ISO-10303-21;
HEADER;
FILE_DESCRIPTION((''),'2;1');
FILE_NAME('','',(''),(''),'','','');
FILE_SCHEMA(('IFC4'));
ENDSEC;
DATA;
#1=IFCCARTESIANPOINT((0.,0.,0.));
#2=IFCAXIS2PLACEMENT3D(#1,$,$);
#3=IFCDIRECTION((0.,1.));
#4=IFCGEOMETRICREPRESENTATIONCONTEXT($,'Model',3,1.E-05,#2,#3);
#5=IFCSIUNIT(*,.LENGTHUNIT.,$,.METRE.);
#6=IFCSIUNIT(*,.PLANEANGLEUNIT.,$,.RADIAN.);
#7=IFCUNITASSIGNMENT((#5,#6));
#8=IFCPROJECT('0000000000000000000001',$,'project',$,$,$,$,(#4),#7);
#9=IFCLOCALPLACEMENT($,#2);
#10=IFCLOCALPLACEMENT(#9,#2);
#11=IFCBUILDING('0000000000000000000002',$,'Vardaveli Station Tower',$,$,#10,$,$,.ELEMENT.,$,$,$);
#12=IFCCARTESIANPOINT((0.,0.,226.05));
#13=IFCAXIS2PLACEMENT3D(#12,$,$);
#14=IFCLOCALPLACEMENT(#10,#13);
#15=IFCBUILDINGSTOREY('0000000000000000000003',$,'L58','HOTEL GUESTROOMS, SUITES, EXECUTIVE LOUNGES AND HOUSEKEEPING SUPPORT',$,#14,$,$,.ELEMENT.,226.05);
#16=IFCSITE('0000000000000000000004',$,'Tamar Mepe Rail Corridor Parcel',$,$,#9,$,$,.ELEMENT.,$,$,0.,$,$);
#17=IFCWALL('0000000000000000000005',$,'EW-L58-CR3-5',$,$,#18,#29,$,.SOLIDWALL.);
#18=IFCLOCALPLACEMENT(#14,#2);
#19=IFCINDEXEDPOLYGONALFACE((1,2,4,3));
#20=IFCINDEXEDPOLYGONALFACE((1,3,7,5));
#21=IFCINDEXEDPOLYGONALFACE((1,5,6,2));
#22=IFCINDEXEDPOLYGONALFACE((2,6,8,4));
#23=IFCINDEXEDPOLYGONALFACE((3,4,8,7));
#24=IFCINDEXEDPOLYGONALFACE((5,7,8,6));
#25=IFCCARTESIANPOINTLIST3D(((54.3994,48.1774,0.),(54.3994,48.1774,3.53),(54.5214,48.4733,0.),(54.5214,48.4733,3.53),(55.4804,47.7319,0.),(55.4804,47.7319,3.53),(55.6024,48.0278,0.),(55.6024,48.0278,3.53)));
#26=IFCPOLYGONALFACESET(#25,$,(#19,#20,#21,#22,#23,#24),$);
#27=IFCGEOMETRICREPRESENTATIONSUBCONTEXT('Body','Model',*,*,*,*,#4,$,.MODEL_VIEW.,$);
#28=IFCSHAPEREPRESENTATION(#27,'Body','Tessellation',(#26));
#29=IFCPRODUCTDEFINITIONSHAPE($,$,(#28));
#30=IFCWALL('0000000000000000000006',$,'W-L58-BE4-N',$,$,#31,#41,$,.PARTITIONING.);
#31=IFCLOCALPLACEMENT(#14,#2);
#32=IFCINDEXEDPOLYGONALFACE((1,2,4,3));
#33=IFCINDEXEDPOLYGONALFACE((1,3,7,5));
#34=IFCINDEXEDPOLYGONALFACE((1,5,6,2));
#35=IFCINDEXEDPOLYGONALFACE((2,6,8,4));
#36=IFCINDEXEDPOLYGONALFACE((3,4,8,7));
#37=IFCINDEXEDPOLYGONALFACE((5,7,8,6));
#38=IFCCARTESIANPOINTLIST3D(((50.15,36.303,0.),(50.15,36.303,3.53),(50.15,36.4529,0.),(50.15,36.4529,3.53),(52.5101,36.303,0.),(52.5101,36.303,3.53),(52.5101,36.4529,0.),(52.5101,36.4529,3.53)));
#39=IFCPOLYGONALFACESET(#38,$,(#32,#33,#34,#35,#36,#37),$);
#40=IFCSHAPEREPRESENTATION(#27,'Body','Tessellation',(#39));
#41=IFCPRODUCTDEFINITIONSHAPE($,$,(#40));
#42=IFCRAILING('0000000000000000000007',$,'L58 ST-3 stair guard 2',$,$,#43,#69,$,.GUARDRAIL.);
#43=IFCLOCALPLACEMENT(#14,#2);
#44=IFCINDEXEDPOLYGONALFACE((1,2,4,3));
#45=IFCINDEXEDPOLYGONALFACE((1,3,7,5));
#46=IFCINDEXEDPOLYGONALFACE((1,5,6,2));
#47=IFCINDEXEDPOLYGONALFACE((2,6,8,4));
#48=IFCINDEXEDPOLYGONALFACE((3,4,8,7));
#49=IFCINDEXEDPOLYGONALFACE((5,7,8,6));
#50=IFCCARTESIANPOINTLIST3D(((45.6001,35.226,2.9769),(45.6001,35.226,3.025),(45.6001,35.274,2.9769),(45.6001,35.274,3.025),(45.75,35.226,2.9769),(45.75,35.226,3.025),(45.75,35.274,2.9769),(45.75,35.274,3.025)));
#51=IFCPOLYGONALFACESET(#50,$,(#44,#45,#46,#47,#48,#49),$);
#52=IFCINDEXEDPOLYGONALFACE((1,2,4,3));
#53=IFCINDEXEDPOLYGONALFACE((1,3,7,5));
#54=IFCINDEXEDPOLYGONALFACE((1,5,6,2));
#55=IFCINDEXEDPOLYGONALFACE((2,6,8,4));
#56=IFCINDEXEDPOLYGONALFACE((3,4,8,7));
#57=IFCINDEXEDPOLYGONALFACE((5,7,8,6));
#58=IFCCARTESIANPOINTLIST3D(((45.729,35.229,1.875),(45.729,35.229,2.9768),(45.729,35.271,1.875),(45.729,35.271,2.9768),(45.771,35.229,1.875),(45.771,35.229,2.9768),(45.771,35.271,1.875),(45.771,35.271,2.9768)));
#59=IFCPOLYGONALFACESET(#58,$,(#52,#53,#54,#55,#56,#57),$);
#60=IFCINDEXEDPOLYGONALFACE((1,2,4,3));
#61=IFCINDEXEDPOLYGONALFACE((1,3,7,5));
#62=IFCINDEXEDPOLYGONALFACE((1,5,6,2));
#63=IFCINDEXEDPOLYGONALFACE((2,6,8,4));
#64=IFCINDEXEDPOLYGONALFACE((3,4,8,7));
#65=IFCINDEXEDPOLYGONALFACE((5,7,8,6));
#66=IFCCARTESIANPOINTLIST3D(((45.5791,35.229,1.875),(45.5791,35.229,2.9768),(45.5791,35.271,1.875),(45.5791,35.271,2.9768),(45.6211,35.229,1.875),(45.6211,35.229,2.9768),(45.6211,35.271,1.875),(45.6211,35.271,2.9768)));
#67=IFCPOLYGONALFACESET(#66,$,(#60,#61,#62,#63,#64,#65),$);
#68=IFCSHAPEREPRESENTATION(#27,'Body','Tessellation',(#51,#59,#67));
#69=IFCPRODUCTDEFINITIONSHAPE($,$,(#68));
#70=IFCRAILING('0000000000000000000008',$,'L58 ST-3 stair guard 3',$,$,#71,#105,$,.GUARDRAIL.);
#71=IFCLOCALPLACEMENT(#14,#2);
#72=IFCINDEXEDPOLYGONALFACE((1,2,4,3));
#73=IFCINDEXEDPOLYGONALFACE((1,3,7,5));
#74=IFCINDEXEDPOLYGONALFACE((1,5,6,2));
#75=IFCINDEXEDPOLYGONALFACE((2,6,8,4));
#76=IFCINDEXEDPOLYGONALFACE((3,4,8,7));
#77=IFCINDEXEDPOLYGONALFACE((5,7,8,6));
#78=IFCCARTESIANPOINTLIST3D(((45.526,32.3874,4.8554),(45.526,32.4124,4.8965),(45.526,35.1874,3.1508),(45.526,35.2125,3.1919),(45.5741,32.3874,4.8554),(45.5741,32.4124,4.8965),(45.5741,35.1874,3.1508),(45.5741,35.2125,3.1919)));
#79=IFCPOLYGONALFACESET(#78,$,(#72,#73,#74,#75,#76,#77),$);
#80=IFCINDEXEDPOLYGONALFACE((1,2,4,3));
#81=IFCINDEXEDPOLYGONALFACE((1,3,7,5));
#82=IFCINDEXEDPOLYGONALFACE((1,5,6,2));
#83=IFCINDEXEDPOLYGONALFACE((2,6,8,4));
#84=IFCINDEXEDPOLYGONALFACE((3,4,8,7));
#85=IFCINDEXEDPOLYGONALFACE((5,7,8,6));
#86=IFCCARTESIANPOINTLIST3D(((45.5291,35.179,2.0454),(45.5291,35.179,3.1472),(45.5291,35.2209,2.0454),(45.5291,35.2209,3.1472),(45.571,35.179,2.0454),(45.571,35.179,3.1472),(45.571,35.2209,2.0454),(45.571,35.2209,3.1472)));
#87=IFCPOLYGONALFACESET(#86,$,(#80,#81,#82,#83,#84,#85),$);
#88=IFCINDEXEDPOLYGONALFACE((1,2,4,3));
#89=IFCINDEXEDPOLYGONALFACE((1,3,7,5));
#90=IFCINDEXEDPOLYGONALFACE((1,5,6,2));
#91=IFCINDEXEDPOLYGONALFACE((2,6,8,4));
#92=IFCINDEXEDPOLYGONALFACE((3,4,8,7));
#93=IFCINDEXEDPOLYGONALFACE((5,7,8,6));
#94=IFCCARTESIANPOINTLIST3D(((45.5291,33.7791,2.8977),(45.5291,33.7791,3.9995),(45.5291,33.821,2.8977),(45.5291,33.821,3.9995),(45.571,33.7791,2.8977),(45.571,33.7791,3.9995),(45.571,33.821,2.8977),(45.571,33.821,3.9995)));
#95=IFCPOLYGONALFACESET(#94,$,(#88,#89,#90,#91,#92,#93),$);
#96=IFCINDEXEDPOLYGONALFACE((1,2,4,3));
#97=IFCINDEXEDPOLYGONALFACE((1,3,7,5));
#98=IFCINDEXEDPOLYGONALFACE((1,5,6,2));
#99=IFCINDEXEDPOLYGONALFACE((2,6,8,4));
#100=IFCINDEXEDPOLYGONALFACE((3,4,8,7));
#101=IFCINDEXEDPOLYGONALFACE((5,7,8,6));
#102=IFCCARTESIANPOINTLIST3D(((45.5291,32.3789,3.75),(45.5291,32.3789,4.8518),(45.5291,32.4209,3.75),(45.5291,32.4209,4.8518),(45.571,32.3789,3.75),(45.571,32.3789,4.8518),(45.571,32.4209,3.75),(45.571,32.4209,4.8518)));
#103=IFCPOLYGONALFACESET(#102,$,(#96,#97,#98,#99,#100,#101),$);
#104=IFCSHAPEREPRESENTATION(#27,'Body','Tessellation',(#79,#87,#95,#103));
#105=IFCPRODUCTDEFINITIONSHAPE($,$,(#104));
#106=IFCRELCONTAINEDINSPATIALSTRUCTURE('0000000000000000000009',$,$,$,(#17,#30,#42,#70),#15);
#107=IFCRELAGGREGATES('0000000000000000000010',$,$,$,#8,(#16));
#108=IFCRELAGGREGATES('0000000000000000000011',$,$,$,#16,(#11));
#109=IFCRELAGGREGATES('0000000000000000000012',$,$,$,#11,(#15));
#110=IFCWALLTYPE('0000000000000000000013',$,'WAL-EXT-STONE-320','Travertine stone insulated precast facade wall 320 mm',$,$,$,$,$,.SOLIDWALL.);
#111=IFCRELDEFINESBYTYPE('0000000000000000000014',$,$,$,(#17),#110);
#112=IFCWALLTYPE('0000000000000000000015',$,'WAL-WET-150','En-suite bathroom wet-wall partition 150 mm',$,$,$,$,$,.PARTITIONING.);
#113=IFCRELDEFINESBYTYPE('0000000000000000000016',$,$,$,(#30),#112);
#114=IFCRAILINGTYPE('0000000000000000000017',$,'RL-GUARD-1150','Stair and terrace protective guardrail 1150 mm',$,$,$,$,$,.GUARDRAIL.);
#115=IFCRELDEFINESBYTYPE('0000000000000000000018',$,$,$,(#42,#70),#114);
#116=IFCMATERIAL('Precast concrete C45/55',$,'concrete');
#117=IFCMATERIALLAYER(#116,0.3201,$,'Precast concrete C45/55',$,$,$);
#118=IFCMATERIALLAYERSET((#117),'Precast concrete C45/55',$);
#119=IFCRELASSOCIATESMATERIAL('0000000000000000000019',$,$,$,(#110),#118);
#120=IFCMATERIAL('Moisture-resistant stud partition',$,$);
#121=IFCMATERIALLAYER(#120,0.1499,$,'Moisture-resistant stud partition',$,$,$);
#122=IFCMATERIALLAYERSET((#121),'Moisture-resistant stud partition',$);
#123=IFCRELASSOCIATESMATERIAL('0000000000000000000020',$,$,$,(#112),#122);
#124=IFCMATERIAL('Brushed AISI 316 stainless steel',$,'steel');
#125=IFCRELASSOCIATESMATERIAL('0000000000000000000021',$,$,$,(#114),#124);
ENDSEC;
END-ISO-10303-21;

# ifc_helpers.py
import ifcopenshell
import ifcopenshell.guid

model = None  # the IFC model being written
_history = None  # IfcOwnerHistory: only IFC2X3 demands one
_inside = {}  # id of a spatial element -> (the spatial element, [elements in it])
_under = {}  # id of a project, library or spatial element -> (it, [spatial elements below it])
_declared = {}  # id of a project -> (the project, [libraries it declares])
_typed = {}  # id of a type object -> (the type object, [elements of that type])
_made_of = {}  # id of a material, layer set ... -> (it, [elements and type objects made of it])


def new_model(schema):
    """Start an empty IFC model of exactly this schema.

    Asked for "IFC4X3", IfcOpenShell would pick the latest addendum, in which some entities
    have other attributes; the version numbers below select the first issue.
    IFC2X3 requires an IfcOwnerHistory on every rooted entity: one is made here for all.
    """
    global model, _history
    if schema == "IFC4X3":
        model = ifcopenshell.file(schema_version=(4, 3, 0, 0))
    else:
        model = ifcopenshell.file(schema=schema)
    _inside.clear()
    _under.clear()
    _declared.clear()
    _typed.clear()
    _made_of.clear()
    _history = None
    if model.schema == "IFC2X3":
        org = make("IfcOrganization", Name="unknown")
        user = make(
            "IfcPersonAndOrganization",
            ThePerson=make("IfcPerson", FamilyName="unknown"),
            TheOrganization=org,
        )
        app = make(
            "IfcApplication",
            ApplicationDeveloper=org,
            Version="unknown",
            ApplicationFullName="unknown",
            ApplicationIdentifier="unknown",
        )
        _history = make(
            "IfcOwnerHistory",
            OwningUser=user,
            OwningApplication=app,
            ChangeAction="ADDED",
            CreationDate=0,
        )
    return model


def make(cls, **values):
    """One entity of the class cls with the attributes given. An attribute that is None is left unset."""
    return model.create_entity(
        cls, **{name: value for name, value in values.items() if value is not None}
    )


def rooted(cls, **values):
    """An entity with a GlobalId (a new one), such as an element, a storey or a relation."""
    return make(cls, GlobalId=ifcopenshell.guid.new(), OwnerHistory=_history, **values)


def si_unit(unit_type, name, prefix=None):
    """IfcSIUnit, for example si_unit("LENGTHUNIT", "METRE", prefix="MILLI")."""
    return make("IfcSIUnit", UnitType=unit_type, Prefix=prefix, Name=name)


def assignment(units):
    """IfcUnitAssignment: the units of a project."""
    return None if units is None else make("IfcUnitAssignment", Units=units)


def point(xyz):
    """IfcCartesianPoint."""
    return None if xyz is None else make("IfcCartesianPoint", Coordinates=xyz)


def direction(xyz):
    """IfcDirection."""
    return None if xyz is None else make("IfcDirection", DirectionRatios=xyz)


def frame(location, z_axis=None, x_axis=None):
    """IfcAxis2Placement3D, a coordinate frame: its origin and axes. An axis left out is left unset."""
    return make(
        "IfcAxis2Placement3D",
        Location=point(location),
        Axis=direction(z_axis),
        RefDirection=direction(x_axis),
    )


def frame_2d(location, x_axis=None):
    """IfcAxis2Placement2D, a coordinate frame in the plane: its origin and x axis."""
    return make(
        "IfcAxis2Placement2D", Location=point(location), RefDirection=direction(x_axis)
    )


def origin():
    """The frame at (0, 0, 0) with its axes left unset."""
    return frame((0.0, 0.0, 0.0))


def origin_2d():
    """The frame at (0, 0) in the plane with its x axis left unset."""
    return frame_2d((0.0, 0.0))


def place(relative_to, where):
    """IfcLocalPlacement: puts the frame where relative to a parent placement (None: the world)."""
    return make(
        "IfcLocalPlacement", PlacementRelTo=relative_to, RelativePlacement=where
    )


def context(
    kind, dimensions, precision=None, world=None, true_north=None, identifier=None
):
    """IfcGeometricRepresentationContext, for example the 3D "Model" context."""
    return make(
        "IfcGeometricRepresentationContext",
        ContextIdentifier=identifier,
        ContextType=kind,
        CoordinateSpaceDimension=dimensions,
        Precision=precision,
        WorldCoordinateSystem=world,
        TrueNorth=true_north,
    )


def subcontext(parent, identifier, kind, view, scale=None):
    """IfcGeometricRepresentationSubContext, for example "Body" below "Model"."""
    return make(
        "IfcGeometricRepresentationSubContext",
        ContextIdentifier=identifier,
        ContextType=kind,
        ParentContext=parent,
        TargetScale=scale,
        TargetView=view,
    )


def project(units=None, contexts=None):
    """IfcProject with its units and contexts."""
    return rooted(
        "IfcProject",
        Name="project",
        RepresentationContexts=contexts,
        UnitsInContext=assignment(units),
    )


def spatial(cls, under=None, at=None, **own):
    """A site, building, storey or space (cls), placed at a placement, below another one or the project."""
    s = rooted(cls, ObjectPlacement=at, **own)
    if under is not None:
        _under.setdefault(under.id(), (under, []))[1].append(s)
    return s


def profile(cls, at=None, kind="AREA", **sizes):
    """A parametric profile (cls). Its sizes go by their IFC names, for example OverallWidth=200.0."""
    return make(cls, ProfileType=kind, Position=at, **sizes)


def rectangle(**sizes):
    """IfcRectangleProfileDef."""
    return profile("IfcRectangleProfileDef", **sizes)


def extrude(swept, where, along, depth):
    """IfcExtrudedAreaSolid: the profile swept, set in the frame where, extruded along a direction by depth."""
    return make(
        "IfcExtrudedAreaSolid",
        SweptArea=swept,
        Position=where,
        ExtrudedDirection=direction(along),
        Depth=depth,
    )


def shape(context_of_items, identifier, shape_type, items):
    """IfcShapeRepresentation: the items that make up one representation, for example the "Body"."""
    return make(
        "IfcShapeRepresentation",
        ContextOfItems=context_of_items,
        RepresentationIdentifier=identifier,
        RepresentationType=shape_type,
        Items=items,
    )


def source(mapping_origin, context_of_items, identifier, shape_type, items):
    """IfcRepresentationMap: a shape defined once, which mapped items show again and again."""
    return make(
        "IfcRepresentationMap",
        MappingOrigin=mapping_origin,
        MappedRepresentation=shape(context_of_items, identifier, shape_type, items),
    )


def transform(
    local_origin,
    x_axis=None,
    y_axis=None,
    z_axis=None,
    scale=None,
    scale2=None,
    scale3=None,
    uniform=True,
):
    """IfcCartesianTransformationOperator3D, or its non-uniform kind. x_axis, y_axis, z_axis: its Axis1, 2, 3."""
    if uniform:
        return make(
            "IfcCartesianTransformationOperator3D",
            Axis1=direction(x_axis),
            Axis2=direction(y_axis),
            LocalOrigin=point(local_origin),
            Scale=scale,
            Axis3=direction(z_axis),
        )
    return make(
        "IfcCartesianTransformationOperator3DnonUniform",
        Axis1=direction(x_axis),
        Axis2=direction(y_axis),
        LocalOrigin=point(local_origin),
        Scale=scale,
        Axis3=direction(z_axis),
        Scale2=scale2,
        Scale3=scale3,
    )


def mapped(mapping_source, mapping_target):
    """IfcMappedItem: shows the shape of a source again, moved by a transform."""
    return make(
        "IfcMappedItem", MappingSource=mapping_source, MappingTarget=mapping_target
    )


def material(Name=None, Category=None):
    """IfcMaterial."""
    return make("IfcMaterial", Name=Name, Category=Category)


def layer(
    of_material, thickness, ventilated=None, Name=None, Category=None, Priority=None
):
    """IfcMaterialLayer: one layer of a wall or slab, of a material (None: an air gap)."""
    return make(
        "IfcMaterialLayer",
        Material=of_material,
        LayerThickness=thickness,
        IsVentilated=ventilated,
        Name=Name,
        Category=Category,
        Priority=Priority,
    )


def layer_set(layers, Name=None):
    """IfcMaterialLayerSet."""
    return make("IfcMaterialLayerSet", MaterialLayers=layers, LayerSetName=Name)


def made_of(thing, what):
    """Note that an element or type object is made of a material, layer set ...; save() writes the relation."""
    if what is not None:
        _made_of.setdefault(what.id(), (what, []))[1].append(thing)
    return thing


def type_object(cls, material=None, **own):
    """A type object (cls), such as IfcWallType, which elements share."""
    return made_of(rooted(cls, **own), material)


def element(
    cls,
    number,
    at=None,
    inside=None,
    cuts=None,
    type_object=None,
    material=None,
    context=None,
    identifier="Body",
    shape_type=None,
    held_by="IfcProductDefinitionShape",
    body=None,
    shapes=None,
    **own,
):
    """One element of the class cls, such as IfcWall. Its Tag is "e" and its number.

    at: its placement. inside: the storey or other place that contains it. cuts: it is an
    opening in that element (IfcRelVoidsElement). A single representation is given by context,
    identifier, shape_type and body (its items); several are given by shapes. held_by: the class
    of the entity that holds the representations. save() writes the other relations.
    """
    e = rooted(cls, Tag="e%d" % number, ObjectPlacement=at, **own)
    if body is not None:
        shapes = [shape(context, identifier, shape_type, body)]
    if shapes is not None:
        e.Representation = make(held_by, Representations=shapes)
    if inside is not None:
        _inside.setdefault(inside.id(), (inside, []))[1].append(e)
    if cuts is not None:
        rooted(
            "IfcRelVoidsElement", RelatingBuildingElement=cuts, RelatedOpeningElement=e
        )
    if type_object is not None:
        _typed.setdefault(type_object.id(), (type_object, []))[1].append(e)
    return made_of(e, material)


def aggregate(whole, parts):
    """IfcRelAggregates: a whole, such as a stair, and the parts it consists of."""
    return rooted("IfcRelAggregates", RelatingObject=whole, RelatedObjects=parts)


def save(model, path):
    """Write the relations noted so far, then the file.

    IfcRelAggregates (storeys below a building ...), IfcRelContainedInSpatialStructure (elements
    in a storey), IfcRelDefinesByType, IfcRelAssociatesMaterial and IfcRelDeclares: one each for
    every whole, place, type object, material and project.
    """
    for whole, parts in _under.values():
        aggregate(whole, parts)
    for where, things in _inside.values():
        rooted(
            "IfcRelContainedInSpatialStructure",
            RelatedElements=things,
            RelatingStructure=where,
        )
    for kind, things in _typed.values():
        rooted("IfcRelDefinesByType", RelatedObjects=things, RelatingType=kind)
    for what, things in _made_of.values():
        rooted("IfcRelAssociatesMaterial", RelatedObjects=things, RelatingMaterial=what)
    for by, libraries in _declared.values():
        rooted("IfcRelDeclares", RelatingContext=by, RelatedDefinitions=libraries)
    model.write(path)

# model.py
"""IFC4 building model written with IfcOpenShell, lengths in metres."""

from ifc_helpers import new_model, si_unit, direction, frame, frame_2d, origin, origin_2d, place, context, subcontext, project, spatial, rectangle, extrude, source, transform, mapped, material, layer, layer_set, type_object, element, save


model = new_model("IFC4")

# Units and contexts
model_context = context("Model", 3, precision=1e-05, world=origin(), true_north=direction((0.0, 1.0)))
body_context = subcontext(model_context, "Body", "Model", "MODEL_VIEW")
ifc_project = project(units=[si_unit("LENGTHUNIT", "METRE"), si_unit("PLANEANGLEUNIT", "RADIAN")], contexts=[model_context])

# Site, building, storey
site_placement = place(None, origin())
site = spatial("IfcSite", under=ifc_project, at=site_placement, Name="Tamar Mepe Rail Corridor Parcel", CompositionType="ELEMENT", RefElevation=0.0)
building_placement = place(site_placement, origin())
building = spatial("IfcBuilding", under=site, at=building_placement, Name="Vardaveli Station Tower", CompositionType="ELEMENT")
storey_placement = place(building_placement, frame((0.0, 0.0, 226.05)))
storey = spatial("IfcBuildingStorey", under=building, at=storey_placement, Name="L58", Description="HOTEL GUESTROOMS, SUITES, EXECUTIVE LOUNGES AND HOUSEKEEPING SUPPORT", CompositionType="ELEMENT", Elevation=226.05)

# Shared definitions
ifc_material_1 = material(Name="Precast concrete C45/55", Category="concrete")

# Shared definitions
ifc_layer_1 = layer(ifc_material_1, 0.3201, Name="Precast concrete C45/55")
ifc_layer_set_1 = layer_set([ifc_layer_1], Name="Precast concrete C45/55")
wall_type_1 = type_object("IfcWallType", Name="WAL-EXT-STONE-320", Description="Travertine stone insulated precast facade wall 320 mm", PredefinedType="SOLIDWALL", material=ifc_layer_set_1)

# Walls
shared_shape_1 = source(origin(), body_context, "Body", "SweptSolid", [
    extrude(rectangle(XDim=1.1692, YDim=0.3201, at=frame_2d((0.5845, 0.0))), origin(), (0.0, 0.0, 1.0), 3.53),
])
for number, where, z_axis, x_axis, name in (
    (1, (55.5413, 47.8799, 0.0), (0.0, 0.0, 1.0), (-0.924553, 0.381054, 0.0), "EW-L58-CR3-5"),
):
    element("IfcWall", number, at=place(storey_placement, frame(where, z_axis=z_axis, x_axis=x_axis)), inside=storey, type_object=wall_type_1, Name=name, PredefinedType="SOLIDWALL", context=body_context, shape_type="MappedRepresentation", body=[
        mapped(shared_shape_1, transform((0.0, 0.0, 0.0), scale=1.0)),
    ])
ifc_material_2 = material(Name="Moisture-resistant stud partition")
ifc_layer_2 = layer(ifc_material_2, 0.1499, Name="Moisture-resistant stud partition")
ifc_layer_set_2 = layer_set([ifc_layer_2], Name="Moisture-resistant stud partition")
wall_type_2 = type_object("IfcWallType", Name="WAL-WET-150", Description="En-suite bathroom wet-wall partition 150 mm", PredefinedType="PARTITIONING", material=ifc_layer_set_2)
shared_shape_2 = source(origin(), body_context, "Body", "SweptSolid", [
    extrude(rectangle(XDim=2.3601, YDim=0.1499, at=frame_2d((1.1802, 0.0))), origin(), (0.0, 0.0, 1.0), 3.53),
])
wall_1_placement = place(storey_placement, frame((50.1499, 36.3779, 0.0), z_axis=(0.0, 0.0, 1.0), x_axis=(1.0, 0.0, 0.0)))
element("IfcWall", 2, at=wall_1_placement, inside=storey, type_object=wall_type_2, Name="W-L58-BE4-N", PredefinedType="PARTITIONING", context=body_context, shape_type="MappedRepresentation", body=[
    mapped(shared_shape_2, transform((0.0, 0.0, 0.0), scale=1.0)),
])

# Railings
ifc_material_3 = material(Name="Brushed AISI 316 stainless steel", Category="steel")
railing_type = type_object("IfcRailingType", Name="RL-GUARD-1150", Description="Stair and terrace protective guardrail 1150 mm", PredefinedType="GUARDRAIL", material=ifc_material_3)
shared_shape_3 = source(origin(), body_context, "Body", "SweptSolid", [
    extrude(rectangle(XDim=0.0481, YDim=0.0481, at=origin_2d()), frame((0.0, 0.0, 1.126), z_axis=(-1.0, 0.0, 0.0), x_axis=(0.0, -1.0, 0.0)), (0.0, 0.0, 1.0), 0.1499),
    extrude(rectangle(XDim=0.042, YDim=0.042, at=origin_2d()), origin(), (0.0, 0.0, 1.0), 1.1018),
    extrude(rectangle(XDim=0.042, YDim=0.042, at=origin_2d()), frame((-0.1499, 0.0, 0.0)), (0.0, 0.0, 1.0), 1.1018),
])
railing_1_placement = place(storey_placement, frame((45.75, 35.25, 1.875)))
element("IfcRailing", 3, at=railing_1_placement, inside=storey, type_object=railing_type, Name="L58 ST-3 stair guard 2", PredefinedType="GUARDRAIL", context=body_context, shape_type="MappedRepresentation", body=[
    mapped(shared_shape_3, transform((0.0, 0.0, 0.0), scale=1.0)),
])
shared_shape_4 = source(origin(), body_context, "Body", "SweptSolid", [
    extrude(rectangle(XDim=0.0481, YDim=0.0481, at=origin_2d()), frame((0.0, 0.0, 1.126), z_axis=(0.0, -0.85417, 0.519994), x_axis=(1.0, 0.0, 0.0)), (0.0, 0.0, 1.0), 3.2781),
    extrude(rectangle(XDim=0.042, YDim=0.042, at=origin_2d()), origin(), (0.0, 0.0, 1.0), 1.1018),
    extrude(rectangle(XDim=0.042, YDim=0.042, at=origin_2d()), frame((0.0, -1.3999, 0.8523)), (0.0, 0.0, 1.0), 1.1018),
    extrude(rectangle(XDim=0.042, YDim=0.042, at=origin_2d()), frame((0.0, -2.8, 1.7046)), (0.0, 0.0, 1.0), 1.1018),
])
railing_2_placement = place(storey_placement, frame((45.55, 35.2, 2.0454)))
element("IfcRailing", 4, at=railing_2_placement, inside=storey, type_object=railing_type, Name="L58 ST-3 stair guard 3", PredefinedType="GUARDRAIL", context=body_context, shape_type="MappedRepresentation", body=[
    mapped(shared_shape_4, transform((0.0, 0.0, 0.0), scale=1.0)),
])

save(model, "model.ifc")
